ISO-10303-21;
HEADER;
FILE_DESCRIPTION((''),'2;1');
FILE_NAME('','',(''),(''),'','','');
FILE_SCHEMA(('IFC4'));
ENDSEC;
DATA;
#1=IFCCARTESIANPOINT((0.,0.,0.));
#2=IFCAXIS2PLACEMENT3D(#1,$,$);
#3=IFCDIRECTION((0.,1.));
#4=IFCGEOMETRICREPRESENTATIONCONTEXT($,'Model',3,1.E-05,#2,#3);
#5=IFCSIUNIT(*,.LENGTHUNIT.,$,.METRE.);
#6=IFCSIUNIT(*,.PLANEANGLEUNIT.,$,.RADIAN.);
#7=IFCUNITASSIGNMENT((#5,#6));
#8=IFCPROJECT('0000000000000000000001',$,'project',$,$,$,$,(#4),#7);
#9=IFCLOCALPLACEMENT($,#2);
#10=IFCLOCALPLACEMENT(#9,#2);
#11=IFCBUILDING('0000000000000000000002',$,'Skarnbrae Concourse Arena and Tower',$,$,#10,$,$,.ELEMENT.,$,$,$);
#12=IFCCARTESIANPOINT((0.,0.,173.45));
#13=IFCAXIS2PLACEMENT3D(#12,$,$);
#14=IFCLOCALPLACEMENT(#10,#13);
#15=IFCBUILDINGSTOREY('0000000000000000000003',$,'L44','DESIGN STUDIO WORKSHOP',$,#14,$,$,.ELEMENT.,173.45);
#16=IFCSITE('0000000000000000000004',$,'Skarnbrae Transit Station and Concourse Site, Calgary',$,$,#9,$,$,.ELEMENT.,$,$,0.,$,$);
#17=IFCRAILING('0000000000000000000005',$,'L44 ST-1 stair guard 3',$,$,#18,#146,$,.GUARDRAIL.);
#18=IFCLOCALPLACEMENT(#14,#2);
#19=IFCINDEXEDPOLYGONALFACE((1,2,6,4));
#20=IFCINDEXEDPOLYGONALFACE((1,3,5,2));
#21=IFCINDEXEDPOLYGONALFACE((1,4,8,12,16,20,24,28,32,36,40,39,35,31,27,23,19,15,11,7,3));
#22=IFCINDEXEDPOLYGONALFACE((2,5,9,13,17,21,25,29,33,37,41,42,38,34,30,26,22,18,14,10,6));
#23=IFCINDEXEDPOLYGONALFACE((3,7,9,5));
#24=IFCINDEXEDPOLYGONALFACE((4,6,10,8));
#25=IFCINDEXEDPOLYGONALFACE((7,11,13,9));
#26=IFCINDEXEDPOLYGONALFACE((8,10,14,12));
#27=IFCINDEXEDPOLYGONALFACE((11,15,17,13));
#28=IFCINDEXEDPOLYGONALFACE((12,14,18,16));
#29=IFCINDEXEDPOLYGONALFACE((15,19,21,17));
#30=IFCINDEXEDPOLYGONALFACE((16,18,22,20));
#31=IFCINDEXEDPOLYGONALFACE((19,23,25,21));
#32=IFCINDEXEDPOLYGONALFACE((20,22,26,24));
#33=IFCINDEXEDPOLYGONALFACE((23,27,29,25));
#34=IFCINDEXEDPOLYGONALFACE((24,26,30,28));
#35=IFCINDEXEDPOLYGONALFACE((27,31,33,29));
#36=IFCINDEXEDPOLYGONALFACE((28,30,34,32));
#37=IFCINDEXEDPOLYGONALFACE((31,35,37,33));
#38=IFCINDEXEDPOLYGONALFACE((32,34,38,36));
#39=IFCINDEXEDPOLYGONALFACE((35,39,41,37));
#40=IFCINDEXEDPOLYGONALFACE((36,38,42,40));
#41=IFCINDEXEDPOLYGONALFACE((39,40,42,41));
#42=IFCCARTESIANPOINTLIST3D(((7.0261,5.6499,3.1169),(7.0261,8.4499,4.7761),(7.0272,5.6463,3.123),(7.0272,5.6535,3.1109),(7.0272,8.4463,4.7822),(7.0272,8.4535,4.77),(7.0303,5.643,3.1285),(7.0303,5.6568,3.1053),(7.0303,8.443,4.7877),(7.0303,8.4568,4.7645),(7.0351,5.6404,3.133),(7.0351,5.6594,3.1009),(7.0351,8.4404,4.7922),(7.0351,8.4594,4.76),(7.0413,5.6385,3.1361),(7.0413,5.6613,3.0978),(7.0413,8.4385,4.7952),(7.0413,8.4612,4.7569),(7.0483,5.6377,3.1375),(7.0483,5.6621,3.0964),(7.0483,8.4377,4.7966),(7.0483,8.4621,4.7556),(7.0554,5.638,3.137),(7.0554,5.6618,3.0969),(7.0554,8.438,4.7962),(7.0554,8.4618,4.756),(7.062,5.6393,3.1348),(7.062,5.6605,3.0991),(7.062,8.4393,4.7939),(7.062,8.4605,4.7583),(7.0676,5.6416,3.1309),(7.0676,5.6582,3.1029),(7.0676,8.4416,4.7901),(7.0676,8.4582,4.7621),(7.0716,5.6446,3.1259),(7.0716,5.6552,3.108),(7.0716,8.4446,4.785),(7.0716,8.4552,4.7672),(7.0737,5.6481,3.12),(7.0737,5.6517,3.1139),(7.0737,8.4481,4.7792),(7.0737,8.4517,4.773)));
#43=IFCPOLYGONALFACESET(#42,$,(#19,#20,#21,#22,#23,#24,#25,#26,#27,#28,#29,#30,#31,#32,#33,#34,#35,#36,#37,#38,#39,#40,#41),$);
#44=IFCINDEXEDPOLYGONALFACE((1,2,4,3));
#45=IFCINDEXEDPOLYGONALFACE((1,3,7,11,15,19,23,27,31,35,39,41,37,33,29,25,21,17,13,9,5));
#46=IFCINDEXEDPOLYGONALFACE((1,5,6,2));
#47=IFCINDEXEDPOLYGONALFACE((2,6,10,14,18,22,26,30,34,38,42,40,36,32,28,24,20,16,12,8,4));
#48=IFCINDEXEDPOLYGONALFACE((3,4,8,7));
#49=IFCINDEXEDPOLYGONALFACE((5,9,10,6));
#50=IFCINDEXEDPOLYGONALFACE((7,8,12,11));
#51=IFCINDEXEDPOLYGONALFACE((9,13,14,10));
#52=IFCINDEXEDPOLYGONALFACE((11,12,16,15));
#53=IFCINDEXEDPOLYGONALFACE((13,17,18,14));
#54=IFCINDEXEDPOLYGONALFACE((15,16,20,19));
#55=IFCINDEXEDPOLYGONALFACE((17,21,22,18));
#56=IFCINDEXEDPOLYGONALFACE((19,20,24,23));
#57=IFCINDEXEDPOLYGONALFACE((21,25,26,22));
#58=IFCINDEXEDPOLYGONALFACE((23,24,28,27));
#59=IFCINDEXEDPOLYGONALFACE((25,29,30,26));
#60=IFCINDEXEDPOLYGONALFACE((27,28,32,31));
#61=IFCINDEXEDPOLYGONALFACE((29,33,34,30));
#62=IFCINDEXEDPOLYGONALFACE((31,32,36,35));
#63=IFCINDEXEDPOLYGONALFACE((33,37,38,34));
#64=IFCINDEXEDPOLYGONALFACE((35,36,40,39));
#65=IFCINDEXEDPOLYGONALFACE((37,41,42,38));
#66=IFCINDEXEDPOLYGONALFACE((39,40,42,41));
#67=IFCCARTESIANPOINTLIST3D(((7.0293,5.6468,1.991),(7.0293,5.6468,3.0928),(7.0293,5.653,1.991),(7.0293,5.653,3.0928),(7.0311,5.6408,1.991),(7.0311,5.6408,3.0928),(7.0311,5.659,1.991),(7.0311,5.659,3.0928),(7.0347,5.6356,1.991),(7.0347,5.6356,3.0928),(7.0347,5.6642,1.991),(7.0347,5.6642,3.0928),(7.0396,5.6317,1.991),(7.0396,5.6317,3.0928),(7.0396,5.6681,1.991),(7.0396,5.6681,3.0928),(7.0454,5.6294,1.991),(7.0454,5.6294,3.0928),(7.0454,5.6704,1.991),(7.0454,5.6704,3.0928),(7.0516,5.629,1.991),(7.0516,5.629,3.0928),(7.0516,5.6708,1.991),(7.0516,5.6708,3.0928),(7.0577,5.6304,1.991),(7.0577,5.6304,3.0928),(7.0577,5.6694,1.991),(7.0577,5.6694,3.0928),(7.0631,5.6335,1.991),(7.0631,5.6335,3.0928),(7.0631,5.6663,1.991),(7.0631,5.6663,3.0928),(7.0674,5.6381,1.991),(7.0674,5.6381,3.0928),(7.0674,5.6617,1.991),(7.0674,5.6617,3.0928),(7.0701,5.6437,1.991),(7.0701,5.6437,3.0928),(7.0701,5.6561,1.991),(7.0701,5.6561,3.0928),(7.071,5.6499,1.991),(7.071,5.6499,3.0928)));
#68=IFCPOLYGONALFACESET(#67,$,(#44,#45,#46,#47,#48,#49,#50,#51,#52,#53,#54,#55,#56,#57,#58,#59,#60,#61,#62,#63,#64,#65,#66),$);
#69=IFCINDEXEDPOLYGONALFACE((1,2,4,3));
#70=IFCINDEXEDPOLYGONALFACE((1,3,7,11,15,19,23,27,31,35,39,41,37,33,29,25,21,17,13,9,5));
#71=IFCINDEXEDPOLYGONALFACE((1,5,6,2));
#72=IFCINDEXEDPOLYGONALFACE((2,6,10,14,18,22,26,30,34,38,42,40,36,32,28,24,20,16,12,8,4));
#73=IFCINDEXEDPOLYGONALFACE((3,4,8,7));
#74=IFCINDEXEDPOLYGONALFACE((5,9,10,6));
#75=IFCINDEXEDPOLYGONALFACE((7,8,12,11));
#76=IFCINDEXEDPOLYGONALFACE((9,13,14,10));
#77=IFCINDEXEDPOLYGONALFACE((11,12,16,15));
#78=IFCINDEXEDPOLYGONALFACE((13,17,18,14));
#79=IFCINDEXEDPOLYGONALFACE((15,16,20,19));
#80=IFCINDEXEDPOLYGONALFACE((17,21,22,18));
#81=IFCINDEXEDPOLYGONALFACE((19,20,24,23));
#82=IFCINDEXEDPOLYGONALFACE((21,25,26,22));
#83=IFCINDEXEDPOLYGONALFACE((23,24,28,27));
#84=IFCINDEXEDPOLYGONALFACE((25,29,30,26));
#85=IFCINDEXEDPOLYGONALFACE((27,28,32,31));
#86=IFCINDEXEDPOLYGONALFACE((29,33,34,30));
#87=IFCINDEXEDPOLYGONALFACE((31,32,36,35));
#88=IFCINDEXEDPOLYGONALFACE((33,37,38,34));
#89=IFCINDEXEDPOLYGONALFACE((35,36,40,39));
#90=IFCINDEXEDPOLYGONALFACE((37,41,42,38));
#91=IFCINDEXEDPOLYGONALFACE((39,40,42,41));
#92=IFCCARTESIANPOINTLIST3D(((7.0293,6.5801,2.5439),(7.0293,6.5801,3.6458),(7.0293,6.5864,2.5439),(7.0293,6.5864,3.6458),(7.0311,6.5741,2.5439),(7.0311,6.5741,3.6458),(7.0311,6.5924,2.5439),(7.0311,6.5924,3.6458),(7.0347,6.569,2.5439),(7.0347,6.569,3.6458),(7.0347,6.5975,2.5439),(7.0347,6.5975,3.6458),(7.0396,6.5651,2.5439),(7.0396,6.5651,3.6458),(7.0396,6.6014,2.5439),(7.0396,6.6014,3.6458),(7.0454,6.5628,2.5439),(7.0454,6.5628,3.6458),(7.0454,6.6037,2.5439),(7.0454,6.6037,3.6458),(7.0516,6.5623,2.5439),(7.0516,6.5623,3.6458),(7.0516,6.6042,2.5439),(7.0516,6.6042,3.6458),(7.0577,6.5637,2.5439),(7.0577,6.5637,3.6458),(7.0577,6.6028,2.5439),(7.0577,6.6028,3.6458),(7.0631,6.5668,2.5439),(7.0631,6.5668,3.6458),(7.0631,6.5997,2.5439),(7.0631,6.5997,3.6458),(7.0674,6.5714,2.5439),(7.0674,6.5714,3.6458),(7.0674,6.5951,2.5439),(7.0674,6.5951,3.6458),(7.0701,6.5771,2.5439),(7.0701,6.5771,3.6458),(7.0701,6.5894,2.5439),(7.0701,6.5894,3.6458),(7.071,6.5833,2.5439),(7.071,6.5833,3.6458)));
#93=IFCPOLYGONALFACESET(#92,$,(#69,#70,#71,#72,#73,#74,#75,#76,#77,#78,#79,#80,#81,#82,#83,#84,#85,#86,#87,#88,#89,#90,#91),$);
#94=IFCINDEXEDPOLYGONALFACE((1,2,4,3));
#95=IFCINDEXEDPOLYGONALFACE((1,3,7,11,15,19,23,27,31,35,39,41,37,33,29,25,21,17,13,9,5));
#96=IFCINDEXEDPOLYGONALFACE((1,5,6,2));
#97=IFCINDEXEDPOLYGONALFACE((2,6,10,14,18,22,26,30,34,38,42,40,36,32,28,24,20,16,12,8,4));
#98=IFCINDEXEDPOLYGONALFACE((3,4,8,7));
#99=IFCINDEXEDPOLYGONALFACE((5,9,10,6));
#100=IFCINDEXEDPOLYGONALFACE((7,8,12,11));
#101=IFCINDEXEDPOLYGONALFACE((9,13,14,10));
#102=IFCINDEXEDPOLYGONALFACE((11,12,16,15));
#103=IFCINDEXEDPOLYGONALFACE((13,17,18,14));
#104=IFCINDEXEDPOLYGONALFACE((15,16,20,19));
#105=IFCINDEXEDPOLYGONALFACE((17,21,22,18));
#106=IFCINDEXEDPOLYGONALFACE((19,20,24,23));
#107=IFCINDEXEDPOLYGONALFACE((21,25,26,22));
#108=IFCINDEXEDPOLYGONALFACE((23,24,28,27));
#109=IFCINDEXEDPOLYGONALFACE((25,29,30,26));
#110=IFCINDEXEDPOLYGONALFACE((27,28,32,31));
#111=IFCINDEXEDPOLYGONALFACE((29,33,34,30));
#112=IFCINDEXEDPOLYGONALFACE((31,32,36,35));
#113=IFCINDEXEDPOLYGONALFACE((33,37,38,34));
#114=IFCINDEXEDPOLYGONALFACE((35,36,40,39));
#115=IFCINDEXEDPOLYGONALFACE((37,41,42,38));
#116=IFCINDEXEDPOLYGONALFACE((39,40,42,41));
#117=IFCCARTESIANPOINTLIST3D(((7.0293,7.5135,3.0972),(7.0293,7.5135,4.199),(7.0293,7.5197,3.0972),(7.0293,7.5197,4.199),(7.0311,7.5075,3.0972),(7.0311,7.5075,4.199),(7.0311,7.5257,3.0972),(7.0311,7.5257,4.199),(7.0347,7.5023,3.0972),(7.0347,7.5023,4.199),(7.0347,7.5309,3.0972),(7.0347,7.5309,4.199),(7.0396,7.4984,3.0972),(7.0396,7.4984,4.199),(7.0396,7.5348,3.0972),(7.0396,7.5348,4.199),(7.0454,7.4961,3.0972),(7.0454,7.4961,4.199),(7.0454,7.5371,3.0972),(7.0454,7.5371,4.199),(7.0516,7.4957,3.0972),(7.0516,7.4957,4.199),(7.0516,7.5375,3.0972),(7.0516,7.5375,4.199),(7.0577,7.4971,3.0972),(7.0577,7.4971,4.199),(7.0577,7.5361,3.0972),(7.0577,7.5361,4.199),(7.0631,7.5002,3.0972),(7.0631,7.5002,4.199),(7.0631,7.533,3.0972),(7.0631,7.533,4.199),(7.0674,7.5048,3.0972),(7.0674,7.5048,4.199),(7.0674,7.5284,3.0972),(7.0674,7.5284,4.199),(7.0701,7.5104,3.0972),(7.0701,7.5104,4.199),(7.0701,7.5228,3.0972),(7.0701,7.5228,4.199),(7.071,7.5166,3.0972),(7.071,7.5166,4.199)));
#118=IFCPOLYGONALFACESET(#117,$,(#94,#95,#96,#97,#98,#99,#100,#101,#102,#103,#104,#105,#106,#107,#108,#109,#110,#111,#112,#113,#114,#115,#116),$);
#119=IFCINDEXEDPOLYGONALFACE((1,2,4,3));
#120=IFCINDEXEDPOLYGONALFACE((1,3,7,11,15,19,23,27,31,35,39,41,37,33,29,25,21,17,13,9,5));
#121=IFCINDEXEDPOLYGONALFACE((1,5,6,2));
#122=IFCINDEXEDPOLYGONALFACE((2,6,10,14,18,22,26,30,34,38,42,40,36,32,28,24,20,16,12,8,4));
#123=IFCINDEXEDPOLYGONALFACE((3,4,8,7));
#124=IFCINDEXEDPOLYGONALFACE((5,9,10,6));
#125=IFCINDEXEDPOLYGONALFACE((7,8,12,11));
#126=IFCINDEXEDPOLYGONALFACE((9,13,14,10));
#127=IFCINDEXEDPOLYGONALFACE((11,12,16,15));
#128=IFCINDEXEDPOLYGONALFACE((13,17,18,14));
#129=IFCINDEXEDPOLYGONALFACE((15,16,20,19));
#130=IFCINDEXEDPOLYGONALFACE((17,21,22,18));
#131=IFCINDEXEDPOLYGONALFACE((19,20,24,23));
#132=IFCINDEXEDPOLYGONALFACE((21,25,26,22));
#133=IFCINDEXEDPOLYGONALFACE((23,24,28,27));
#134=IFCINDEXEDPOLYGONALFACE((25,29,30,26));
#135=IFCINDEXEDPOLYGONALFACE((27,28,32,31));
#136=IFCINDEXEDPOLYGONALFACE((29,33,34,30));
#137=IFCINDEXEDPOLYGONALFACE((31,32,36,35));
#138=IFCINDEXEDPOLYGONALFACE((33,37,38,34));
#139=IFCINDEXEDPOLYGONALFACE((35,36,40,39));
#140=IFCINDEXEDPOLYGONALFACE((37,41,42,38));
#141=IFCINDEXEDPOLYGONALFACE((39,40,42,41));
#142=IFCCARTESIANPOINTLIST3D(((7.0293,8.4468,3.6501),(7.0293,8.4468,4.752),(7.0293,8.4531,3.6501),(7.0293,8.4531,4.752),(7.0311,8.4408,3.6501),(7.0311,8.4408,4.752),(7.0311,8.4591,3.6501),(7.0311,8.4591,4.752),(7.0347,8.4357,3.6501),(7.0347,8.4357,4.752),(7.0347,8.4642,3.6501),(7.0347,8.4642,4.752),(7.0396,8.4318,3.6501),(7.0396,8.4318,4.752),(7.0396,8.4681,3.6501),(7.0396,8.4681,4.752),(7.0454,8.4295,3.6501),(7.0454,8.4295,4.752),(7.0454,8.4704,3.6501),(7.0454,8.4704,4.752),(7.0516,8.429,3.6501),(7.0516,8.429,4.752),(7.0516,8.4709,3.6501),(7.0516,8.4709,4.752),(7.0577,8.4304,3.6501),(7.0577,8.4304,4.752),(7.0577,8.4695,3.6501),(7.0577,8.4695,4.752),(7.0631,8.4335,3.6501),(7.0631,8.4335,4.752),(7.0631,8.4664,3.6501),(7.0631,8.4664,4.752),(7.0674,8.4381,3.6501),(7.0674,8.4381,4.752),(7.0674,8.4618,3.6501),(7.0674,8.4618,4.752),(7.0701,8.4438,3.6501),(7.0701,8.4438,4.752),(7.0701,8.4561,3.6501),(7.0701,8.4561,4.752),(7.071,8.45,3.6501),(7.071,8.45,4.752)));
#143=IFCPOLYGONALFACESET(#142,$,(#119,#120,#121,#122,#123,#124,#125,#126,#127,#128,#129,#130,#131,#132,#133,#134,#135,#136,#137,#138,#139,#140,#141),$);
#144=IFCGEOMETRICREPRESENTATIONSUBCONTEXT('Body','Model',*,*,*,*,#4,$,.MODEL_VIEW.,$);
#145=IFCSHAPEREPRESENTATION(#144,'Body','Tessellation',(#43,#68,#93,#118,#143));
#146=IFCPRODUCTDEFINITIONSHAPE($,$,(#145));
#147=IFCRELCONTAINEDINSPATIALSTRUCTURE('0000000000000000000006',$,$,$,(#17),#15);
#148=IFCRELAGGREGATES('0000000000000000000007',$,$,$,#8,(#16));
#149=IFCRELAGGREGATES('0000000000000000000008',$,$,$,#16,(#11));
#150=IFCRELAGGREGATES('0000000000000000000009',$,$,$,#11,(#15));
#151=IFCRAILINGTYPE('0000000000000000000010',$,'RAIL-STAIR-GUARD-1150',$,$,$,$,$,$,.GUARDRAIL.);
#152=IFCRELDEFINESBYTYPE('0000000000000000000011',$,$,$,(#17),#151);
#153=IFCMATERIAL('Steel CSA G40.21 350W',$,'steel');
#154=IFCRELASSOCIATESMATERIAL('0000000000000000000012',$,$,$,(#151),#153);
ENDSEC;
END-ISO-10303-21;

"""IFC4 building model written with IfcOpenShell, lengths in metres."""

from ifc_helpers import new_model, si_unit, direction, frame, origin, origin_2d, place, context, subcontext, project, spatial, circle, extrude, material, type_object, element, save


model = new_model("IFC4")

# Units and contexts
model_context = context("Model", 3, precision=1e-05, world=origin(), true_north=direction((0.0, 1.0)))
body_context = subcontext(model_context, "Body", "Model", "MODEL_VIEW")
ifc_project = project(units=[si_unit("LENGTHUNIT", "METRE"), si_unit("PLANEANGLEUNIT", "RADIAN")], contexts=[model_context])

# Site, building, storey
site_placement = place(None, origin())
site = spatial("IfcSite", under=ifc_project, at=site_placement, Name="Skarnbrae Transit Station and Concourse Site, Calgary", CompositionType="ELEMENT", RefElevation=0.0)
building_placement = place(site_placement, origin())
building = spatial("IfcBuilding", under=site, at=building_placement, Name="Skarnbrae Concourse Arena and Tower", CompositionType="ELEMENT")
storey_placement = place(building_placement, frame((0.0, 0.0, 173.45)))
storey = spatial("IfcBuildingStorey", under=building, at=storey_placement, Name="L44", Description="DESIGN STUDIO WORKSHOP", CompositionType="ELEMENT", Elevation=173.45)

# Shared definitions
ifc_material_1 = material(Name="Steel CSA G40.21 350W", Category="steel")

# Railing
railing_type_1 = type_object("IfcRailingType", Name="RAIL-STAIR-GUARD-1150", PredefinedType="GUARDRAIL", material=ifc_material_1)
railing_1_placement = place(storey_placement, frame((7.05, 5.6499, 1.991)))
element("IfcRailing", 1, at=railing_1_placement, inside=storey, type_object=railing_type_1, Name="L44 ST-1 stair guard 3", PredefinedType="GUARDRAIL", context=body_context, shape_type="SweptSolid", body=[
    extrude(circle(Radius=0.0239, at=origin_2d()), frame((0.0, 0.0, 1.126), z_axis=(0.0, 0.860306, 0.509778), x_axis=(-1.0, 0.0, 0.0)), (0.0, 0.0, 1.0), 3.2546),
    extrude(circle(Radius=0.021, at=origin_2d()), origin(), (0.0, 0.0, 1.0), 1.1018),
    extrude(circle(Radius=0.021, at=origin_2d()), frame((0.0, 0.9333, 0.553)), (0.0, 0.0, 1.0), 1.1018),
    extrude(circle(Radius=0.021, at=origin_2d()), frame((0.0, 1.8667, 1.1062)), (0.0, 0.0, 1.0), 1.1018),
    extrude(circle(Radius=0.021, at=origin_2d()), frame((0.0, 2.8, 1.6592)), (0.0, 0.0, 1.0), 1.1018),
])

save(model, "model.ifc")
